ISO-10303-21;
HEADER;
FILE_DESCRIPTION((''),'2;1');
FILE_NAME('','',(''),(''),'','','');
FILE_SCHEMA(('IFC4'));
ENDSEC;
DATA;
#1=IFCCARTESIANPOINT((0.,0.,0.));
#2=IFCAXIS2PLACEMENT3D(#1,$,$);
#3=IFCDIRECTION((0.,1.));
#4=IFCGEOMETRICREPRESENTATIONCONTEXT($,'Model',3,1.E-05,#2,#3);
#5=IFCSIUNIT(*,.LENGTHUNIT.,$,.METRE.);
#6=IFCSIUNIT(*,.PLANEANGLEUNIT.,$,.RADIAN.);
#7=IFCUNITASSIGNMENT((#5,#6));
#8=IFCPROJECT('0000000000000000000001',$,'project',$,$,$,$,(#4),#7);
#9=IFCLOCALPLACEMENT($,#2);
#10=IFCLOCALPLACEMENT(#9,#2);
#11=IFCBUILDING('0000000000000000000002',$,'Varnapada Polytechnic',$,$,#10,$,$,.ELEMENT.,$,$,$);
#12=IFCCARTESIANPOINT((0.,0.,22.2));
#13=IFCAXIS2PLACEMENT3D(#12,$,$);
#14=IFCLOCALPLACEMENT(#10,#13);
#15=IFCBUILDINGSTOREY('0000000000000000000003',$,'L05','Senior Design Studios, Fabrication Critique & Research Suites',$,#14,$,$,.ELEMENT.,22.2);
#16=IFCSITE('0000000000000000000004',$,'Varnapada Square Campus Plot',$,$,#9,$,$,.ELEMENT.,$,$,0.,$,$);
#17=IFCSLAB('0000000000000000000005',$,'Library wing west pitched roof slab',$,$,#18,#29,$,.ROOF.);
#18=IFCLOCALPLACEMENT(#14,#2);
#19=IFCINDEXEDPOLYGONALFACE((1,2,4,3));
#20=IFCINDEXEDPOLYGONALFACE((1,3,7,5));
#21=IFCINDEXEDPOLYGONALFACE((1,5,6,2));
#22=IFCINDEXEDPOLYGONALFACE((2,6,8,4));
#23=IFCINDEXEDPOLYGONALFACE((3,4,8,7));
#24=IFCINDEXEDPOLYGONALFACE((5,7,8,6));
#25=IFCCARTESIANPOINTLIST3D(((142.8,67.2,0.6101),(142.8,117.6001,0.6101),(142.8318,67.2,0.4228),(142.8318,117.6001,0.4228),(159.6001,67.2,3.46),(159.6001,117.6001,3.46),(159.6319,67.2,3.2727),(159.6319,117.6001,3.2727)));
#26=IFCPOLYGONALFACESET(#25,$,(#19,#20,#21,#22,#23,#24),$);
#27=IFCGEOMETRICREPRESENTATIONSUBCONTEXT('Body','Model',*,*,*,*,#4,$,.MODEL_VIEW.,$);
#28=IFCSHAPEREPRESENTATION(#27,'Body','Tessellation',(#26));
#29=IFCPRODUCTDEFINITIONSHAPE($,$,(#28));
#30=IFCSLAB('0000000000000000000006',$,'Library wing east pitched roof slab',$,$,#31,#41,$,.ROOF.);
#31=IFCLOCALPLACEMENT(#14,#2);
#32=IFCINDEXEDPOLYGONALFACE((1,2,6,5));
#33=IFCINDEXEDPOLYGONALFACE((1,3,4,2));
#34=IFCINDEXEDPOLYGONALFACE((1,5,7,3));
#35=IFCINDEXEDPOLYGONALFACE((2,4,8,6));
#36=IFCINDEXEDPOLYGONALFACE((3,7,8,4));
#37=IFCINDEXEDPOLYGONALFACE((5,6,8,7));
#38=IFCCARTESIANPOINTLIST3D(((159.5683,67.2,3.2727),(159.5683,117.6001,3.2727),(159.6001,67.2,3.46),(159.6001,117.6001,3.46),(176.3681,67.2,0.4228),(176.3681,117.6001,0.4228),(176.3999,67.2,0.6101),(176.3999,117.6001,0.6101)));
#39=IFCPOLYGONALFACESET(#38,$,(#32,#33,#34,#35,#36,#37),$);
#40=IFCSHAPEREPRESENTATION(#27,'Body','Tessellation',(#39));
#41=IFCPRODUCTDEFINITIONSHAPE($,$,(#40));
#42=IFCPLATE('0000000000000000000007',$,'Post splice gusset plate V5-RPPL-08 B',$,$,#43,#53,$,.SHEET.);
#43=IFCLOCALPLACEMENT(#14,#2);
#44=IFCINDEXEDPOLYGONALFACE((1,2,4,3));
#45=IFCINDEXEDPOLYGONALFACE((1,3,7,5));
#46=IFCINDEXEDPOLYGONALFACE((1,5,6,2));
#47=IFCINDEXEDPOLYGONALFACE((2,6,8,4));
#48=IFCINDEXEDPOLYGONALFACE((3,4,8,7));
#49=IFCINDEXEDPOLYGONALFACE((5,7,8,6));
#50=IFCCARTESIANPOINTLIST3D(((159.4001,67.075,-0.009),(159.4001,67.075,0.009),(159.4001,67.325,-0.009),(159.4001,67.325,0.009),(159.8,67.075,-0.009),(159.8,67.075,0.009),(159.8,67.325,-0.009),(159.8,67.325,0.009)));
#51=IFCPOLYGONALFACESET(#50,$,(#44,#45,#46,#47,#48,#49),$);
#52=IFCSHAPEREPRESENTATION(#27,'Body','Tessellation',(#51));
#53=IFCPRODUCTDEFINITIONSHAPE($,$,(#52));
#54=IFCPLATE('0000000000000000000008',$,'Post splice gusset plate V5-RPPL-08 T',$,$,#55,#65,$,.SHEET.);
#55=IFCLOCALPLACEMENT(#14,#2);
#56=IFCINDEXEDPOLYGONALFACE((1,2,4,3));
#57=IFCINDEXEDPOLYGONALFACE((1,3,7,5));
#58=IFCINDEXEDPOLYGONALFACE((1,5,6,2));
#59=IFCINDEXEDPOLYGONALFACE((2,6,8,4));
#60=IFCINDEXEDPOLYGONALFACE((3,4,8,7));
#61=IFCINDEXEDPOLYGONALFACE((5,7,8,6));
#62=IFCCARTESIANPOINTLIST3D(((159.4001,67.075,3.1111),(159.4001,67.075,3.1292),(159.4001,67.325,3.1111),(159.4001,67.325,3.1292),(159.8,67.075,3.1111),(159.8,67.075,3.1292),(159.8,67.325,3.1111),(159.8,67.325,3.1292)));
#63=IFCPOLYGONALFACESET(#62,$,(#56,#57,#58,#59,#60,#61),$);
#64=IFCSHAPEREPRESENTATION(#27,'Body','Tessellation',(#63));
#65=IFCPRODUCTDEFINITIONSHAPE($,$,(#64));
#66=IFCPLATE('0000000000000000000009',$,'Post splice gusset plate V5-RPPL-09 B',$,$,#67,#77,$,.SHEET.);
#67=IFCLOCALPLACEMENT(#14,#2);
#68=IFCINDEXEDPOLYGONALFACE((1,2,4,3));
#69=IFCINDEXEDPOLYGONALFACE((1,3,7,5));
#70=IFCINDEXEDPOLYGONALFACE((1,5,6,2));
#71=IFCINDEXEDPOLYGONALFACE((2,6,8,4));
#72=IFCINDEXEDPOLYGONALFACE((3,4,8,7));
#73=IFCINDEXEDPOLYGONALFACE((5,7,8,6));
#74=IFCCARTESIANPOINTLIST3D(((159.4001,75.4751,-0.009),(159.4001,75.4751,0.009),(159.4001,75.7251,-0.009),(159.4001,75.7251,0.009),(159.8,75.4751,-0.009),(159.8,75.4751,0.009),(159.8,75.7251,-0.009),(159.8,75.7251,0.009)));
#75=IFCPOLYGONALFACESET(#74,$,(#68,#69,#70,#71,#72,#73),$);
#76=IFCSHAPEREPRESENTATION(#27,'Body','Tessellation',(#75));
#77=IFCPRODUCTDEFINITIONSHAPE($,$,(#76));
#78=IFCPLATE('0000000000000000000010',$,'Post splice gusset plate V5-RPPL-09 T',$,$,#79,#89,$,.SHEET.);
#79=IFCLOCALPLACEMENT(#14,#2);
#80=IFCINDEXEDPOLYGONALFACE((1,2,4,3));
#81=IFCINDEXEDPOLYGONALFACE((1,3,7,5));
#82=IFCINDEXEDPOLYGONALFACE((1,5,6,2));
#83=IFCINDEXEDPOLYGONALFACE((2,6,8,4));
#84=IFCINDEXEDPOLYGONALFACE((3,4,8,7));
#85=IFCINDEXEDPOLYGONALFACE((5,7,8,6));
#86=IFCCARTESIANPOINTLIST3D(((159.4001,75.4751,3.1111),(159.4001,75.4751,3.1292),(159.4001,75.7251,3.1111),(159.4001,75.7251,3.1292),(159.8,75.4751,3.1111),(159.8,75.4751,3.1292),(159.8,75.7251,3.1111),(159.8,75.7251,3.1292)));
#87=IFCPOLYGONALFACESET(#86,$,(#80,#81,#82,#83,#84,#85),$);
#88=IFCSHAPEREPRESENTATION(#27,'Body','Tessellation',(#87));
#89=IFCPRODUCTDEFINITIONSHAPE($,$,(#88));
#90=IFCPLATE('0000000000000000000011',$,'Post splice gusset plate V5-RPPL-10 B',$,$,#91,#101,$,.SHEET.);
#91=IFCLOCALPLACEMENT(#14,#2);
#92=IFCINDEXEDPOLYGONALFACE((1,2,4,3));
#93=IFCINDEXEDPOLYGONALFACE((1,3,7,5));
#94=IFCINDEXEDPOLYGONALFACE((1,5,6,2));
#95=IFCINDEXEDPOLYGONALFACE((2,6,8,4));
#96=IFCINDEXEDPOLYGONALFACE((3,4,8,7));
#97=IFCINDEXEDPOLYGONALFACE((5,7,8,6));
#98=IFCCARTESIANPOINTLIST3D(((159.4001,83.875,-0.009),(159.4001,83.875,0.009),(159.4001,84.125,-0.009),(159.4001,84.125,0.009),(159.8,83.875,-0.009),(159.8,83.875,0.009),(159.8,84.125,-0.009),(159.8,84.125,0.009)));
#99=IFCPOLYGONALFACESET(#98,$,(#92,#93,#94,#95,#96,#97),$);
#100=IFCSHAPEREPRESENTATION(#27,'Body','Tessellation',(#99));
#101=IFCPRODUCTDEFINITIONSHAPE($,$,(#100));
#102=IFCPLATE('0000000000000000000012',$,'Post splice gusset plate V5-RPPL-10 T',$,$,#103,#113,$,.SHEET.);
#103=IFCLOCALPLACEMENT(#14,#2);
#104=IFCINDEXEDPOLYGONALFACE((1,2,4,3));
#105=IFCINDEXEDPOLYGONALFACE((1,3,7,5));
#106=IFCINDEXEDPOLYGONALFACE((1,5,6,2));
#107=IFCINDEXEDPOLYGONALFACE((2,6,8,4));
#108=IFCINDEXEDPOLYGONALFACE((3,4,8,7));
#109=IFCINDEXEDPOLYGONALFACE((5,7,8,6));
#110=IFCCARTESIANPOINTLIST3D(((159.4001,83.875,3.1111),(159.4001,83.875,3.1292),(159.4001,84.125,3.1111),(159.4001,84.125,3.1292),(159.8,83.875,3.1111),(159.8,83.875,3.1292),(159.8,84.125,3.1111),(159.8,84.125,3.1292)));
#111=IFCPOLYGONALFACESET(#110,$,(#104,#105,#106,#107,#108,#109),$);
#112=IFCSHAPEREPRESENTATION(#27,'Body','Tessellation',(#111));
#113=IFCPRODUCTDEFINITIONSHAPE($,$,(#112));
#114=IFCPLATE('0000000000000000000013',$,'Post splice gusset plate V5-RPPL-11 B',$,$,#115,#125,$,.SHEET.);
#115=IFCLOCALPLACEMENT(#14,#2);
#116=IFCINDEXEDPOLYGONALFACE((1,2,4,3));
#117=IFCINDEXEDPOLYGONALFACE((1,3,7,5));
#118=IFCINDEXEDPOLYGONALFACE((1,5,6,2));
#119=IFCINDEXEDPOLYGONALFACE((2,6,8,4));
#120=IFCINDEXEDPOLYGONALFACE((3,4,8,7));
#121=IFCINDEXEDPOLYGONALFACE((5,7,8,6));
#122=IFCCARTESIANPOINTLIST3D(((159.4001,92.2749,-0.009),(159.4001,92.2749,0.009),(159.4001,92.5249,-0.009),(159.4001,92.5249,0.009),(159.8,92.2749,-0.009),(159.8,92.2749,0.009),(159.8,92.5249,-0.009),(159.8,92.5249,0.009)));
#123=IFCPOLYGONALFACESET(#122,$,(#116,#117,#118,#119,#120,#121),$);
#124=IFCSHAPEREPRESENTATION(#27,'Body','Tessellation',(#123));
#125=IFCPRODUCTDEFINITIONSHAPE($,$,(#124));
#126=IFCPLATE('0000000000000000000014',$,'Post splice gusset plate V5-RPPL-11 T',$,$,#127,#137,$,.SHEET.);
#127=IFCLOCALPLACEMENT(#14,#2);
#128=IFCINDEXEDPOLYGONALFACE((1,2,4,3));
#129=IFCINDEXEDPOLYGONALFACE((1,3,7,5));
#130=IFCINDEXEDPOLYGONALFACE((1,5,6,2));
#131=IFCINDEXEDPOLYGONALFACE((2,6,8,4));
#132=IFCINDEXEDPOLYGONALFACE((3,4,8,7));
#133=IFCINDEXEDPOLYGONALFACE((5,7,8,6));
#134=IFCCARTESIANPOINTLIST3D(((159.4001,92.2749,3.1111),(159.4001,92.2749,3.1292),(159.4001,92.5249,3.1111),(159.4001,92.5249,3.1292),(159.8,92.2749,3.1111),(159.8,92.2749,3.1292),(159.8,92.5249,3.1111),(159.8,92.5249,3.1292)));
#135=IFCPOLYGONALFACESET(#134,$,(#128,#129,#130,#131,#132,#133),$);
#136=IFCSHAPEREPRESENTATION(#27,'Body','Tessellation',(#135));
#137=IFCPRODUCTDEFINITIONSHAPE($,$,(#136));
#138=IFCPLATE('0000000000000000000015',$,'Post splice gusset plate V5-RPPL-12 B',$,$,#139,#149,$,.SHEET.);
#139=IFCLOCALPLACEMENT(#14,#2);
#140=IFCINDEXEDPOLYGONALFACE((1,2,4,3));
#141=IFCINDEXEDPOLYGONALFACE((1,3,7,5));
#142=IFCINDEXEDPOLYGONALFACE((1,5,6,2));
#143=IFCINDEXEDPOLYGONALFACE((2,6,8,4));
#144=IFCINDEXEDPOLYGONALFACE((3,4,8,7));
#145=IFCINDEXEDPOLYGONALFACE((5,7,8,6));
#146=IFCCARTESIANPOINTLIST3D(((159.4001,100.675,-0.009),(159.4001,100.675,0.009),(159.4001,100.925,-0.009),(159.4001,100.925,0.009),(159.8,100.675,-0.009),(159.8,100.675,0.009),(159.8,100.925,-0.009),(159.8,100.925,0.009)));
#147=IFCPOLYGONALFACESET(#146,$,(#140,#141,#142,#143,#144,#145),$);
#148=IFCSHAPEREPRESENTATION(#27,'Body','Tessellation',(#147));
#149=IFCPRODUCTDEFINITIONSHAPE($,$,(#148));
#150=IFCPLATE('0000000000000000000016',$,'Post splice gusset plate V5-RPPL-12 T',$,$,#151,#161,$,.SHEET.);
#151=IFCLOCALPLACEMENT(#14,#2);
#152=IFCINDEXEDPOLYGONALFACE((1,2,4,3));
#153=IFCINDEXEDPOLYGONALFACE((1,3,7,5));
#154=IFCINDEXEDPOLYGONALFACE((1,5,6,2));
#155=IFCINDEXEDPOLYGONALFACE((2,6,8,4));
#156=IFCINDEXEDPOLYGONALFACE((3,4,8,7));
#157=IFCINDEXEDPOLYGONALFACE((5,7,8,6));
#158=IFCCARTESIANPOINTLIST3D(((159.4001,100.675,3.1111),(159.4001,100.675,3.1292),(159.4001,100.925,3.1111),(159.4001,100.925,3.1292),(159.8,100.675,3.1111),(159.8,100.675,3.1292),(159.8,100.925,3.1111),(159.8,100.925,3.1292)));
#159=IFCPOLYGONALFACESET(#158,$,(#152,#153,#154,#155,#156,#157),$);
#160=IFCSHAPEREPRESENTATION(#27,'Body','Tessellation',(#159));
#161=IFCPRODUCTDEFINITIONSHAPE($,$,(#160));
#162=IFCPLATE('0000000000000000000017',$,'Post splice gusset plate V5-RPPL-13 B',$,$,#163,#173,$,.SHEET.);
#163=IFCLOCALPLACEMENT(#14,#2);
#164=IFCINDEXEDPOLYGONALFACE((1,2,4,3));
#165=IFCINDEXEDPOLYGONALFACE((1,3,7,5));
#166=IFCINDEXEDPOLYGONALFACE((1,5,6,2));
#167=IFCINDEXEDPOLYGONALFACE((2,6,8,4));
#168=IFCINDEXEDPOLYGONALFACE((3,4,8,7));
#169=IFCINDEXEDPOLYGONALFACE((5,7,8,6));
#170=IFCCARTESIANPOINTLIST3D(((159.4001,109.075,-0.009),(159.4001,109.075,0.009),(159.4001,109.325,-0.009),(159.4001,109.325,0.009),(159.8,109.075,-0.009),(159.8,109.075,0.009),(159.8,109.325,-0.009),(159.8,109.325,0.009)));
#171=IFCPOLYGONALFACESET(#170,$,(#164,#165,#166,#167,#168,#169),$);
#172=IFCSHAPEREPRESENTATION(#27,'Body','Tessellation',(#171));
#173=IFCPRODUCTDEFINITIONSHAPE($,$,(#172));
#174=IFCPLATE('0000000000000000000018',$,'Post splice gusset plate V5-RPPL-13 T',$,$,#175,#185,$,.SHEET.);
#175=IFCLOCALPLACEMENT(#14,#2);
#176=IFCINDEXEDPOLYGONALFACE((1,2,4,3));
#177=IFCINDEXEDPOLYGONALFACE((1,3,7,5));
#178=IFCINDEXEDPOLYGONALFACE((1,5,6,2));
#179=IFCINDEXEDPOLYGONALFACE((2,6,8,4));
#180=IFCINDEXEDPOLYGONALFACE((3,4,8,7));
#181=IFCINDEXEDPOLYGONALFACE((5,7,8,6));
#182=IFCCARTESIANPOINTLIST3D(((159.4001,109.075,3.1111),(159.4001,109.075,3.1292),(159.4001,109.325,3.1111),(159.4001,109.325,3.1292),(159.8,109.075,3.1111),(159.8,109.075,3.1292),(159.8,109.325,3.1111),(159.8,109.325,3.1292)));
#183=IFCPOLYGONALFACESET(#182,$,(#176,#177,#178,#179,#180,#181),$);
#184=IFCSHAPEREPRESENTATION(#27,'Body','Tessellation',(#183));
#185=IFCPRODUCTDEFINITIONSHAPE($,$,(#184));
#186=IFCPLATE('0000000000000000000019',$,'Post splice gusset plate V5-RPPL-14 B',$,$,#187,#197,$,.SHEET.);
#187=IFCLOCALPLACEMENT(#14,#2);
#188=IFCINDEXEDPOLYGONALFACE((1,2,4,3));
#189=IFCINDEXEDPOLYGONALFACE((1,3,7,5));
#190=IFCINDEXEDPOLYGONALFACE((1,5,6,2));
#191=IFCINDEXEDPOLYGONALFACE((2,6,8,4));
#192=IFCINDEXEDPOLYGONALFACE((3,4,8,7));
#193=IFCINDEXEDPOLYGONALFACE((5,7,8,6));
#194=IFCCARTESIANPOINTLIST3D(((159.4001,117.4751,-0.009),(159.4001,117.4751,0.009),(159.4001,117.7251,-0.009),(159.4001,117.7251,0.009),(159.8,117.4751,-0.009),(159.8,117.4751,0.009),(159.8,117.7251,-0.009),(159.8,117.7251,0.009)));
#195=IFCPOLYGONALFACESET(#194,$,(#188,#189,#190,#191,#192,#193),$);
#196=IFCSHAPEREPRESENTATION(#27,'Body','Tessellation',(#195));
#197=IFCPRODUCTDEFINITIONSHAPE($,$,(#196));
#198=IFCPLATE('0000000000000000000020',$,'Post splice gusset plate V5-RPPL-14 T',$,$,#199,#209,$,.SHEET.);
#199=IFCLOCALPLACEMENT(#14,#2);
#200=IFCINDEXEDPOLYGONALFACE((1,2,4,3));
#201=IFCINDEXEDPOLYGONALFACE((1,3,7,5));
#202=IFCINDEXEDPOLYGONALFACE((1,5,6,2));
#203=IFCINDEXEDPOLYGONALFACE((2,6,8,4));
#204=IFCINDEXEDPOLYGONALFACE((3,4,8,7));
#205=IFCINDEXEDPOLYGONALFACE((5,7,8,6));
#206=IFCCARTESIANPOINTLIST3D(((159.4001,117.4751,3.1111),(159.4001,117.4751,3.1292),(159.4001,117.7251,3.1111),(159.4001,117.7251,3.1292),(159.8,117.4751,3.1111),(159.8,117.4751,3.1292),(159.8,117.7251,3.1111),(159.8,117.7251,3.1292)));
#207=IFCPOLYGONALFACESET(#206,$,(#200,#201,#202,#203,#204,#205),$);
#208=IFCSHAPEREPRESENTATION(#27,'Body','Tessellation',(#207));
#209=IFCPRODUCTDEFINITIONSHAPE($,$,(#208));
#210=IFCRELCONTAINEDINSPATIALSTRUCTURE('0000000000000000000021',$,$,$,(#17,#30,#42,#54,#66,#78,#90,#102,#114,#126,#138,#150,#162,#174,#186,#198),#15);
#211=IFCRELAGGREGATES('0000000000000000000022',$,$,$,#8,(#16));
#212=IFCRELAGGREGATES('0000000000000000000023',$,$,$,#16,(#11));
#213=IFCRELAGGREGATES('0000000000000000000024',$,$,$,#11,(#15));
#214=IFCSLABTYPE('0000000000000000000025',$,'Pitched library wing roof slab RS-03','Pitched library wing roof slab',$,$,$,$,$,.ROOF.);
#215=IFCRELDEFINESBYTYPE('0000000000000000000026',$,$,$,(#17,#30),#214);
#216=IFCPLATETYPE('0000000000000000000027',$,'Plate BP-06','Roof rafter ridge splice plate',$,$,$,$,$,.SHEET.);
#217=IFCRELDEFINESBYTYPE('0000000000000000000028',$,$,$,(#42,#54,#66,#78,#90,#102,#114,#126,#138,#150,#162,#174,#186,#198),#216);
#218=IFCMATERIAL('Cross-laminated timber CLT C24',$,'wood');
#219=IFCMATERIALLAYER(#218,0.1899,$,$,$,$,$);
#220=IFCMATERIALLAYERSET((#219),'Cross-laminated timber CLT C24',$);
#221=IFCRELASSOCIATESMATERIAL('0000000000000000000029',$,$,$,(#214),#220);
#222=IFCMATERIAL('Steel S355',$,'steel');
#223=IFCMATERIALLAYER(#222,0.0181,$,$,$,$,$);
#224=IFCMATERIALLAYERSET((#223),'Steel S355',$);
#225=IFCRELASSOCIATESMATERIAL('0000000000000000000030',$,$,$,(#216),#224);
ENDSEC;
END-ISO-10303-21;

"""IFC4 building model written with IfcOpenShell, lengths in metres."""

from ifc_helpers import new_model, si_unit, direction, frame, origin, origin_2d, place, context, subcontext, project, spatial, polyline, rectangle, outline, extrude, material, layer, layer_set, type_object, element, save


model = new_model("IFC4")

# Units and contexts
model_context = context("Model", 3, precision=1e-05, world=origin(), true_north=direction((0.0, 1.0)))
body_context = subcontext(model_context, "Body", "Model", "MODEL_VIEW")
ifc_project = project(units=[si_unit("LENGTHUNIT", "METRE"), si_unit("PLANEANGLEUNIT", "RADIAN")], contexts=[model_context])

# Site, building, storey
site_placement = place(None, origin())
site = spatial("IfcSite", under=ifc_project, at=site_placement, Name="Varnapada Square Campus Plot", CompositionType="ELEMENT", RefElevation=0.0)
building_placement = place(site_placement, origin())
building = spatial("IfcBuilding", under=site, at=building_placement, Name="Varnapada Polytechnic", CompositionType="ELEMENT")
storey_placement = place(building_placement, frame((0.0, 0.0, 22.2)))
storey = spatial("IfcBuildingStorey", under=building, at=storey_placement, Name="L05", Description="Senior Design Studios, Fabrication Critique & Research Suites", CompositionType="ELEMENT", Elevation=22.2)

# Shared definitions
ifc_material_1 = material(Name="Steel S355", Category="steel")

# Slabs
ifc_material_2 = material(Name="Cross-laminated timber CLT C24", Category="wood")
ifc_layer_1 = layer(ifc_material_2, 0.1899)
ifc_layer_set_1 = layer_set([ifc_layer_1], Name="Cross-laminated timber CLT C24")
slab_type = type_object("IfcSlabType", Name="Pitched library wing roof slab RS-03", Description="Pitched library wing roof slab", PredefinedType="ROOF", material=ifc_layer_set_1)
slab_1_placement = place(storey_placement, frame((142.8, 67.2, 0.6101), z_axis=(-0.167244, 0.0, 0.985915), x_axis=(0.0, 1.0, 0.0)))
element("IfcSlab", 1, at=slab_1_placement, inside=storey, type_object=slab_type, Name="Library wing west pitched roof slab", PredefinedType="ROOF", context=body_context, shape_type="SweptSolid", body=[
    extrude(outline(polyline([(0.0, 0.0), (50.4001, 0.0), (50.4001, -17.0401), (0.0, -17.0401), (0.0, 0.0)])), origin(), (0.0, 0.0, -1.0), 0.1899),
])
slab_2_placement = place(storey_placement, frame((176.3999, 117.6001, 0.6101), z_axis=(0.167247, 0.0, 0.985915), x_axis=(0.0, -1.0, 0.0)))
element("IfcSlab", 2, at=slab_2_placement, inside=storey, type_object=slab_type, Name="Library wing east pitched roof slab", PredefinedType="ROOF", context=body_context, shape_type="SweptSolid", body=[
    extrude(outline(polyline([(0.0, 0.0), (50.4001, 0.0), (50.4001, -17.0398), (0.0, -17.0398), (0.0, 0.0)])), origin(), (0.0, 0.0, -1.0), 0.1899),
])

# Plates
ifc_layer_2 = layer(ifc_material_1, 0.0181)
ifc_layer_set_2 = layer_set([ifc_layer_2], Name="Steel S355")
plate_type = type_object("IfcPlateType", Name="Plate BP-06", Description="Roof rafter ridge splice plate", PredefinedType="SHEET", material=ifc_layer_set_2)
for number, where, z_axis, x_axis, name in (
    (3, (159.6001, 67.2, -0.009), (0.0, 0.0, 1.0), (1.0, 0.0, 0.0), "Post splice gusset plate V5-RPPL-08 B"),
    (4, (159.6001, 67.2, 3.1111), (0.0, 0.0, 1.0), (1.0, 0.0, 0.0), "Post splice gusset plate V5-RPPL-08 T"),
    (5, (159.6001, 75.6001, -0.009), (0.0, 0.0, 1.0), (1.0, 0.0, 0.0), "Post splice gusset plate V5-RPPL-09 B"),
    (6, (159.6001, 75.6001, 3.1111), (0.0, 0.0, 1.0), (1.0, 0.0, 0.0), "Post splice gusset plate V5-RPPL-09 T"),
    (7, (159.6001, 84.0, -0.009), (0.0, 0.0, 1.0), (1.0, 0.0, 0.0), "Post splice gusset plate V5-RPPL-10 B"),
    (8, (159.6001, 84.0, 3.1111), (0.0, 0.0, 1.0), (1.0, 0.0, 0.0), "Post splice gusset plate V5-RPPL-10 T"),
    (9, (159.6001, 92.3999, -0.009), (0.0, 0.0, 1.0), (1.0, 0.0, 0.0), "Post splice gusset plate V5-RPPL-11 B"),
    (10, (159.6001, 92.3999, 3.1111), (0.0, 0.0, 1.0), (1.0, 0.0, 0.0), "Post splice gusset plate V5-RPPL-11 T"),
    (11, (159.6001, 100.8, -0.009), (0.0, 0.0, 1.0), (1.0, 0.0, 0.0), "Post splice gusset plate V5-RPPL-12 B"),
    (12, (159.6001, 100.8, 3.1111), (0.0, 0.0, 1.0), (1.0, 0.0, 0.0), "Post splice gusset plate V5-RPPL-12 T"),
    (13, (159.6001, 109.2, -0.009), (0.0, 0.0, 1.0), (1.0, 0.0, 0.0), "Post splice gusset plate V5-RPPL-13 B"),
    (14, (159.6001, 109.2, 3.1111), (0.0, 0.0, 1.0), (1.0, 0.0, 0.0), "Post splice gusset plate V5-RPPL-13 T"),
    (15, (159.6001, 117.6001, -0.009), (0.0, 0.0, 1.0), (1.0, 0.0, 0.0), "Post splice gusset plate V5-RPPL-14 B"),
    (16, (159.6001, 117.6001, 3.1111), (0.0, 0.0, 1.0), (1.0, 0.0, 0.0), "Post splice gusset plate V5-RPPL-14 T"),
):
    element("IfcPlate", number, at=place(storey_placement, frame(where, z_axis=z_axis, x_axis=x_axis)), inside=storey, type_object=plate_type, Name=name, PredefinedType="SHEET", context=body_context, shape_type="SweptSolid", body=[
        extrude(rectangle(XDim=0.3999, YDim=0.25, at=origin_2d()), origin(), (0.0, 0.0, 1.0), 0.0181),
    ])

save(model, "model.ifc")
